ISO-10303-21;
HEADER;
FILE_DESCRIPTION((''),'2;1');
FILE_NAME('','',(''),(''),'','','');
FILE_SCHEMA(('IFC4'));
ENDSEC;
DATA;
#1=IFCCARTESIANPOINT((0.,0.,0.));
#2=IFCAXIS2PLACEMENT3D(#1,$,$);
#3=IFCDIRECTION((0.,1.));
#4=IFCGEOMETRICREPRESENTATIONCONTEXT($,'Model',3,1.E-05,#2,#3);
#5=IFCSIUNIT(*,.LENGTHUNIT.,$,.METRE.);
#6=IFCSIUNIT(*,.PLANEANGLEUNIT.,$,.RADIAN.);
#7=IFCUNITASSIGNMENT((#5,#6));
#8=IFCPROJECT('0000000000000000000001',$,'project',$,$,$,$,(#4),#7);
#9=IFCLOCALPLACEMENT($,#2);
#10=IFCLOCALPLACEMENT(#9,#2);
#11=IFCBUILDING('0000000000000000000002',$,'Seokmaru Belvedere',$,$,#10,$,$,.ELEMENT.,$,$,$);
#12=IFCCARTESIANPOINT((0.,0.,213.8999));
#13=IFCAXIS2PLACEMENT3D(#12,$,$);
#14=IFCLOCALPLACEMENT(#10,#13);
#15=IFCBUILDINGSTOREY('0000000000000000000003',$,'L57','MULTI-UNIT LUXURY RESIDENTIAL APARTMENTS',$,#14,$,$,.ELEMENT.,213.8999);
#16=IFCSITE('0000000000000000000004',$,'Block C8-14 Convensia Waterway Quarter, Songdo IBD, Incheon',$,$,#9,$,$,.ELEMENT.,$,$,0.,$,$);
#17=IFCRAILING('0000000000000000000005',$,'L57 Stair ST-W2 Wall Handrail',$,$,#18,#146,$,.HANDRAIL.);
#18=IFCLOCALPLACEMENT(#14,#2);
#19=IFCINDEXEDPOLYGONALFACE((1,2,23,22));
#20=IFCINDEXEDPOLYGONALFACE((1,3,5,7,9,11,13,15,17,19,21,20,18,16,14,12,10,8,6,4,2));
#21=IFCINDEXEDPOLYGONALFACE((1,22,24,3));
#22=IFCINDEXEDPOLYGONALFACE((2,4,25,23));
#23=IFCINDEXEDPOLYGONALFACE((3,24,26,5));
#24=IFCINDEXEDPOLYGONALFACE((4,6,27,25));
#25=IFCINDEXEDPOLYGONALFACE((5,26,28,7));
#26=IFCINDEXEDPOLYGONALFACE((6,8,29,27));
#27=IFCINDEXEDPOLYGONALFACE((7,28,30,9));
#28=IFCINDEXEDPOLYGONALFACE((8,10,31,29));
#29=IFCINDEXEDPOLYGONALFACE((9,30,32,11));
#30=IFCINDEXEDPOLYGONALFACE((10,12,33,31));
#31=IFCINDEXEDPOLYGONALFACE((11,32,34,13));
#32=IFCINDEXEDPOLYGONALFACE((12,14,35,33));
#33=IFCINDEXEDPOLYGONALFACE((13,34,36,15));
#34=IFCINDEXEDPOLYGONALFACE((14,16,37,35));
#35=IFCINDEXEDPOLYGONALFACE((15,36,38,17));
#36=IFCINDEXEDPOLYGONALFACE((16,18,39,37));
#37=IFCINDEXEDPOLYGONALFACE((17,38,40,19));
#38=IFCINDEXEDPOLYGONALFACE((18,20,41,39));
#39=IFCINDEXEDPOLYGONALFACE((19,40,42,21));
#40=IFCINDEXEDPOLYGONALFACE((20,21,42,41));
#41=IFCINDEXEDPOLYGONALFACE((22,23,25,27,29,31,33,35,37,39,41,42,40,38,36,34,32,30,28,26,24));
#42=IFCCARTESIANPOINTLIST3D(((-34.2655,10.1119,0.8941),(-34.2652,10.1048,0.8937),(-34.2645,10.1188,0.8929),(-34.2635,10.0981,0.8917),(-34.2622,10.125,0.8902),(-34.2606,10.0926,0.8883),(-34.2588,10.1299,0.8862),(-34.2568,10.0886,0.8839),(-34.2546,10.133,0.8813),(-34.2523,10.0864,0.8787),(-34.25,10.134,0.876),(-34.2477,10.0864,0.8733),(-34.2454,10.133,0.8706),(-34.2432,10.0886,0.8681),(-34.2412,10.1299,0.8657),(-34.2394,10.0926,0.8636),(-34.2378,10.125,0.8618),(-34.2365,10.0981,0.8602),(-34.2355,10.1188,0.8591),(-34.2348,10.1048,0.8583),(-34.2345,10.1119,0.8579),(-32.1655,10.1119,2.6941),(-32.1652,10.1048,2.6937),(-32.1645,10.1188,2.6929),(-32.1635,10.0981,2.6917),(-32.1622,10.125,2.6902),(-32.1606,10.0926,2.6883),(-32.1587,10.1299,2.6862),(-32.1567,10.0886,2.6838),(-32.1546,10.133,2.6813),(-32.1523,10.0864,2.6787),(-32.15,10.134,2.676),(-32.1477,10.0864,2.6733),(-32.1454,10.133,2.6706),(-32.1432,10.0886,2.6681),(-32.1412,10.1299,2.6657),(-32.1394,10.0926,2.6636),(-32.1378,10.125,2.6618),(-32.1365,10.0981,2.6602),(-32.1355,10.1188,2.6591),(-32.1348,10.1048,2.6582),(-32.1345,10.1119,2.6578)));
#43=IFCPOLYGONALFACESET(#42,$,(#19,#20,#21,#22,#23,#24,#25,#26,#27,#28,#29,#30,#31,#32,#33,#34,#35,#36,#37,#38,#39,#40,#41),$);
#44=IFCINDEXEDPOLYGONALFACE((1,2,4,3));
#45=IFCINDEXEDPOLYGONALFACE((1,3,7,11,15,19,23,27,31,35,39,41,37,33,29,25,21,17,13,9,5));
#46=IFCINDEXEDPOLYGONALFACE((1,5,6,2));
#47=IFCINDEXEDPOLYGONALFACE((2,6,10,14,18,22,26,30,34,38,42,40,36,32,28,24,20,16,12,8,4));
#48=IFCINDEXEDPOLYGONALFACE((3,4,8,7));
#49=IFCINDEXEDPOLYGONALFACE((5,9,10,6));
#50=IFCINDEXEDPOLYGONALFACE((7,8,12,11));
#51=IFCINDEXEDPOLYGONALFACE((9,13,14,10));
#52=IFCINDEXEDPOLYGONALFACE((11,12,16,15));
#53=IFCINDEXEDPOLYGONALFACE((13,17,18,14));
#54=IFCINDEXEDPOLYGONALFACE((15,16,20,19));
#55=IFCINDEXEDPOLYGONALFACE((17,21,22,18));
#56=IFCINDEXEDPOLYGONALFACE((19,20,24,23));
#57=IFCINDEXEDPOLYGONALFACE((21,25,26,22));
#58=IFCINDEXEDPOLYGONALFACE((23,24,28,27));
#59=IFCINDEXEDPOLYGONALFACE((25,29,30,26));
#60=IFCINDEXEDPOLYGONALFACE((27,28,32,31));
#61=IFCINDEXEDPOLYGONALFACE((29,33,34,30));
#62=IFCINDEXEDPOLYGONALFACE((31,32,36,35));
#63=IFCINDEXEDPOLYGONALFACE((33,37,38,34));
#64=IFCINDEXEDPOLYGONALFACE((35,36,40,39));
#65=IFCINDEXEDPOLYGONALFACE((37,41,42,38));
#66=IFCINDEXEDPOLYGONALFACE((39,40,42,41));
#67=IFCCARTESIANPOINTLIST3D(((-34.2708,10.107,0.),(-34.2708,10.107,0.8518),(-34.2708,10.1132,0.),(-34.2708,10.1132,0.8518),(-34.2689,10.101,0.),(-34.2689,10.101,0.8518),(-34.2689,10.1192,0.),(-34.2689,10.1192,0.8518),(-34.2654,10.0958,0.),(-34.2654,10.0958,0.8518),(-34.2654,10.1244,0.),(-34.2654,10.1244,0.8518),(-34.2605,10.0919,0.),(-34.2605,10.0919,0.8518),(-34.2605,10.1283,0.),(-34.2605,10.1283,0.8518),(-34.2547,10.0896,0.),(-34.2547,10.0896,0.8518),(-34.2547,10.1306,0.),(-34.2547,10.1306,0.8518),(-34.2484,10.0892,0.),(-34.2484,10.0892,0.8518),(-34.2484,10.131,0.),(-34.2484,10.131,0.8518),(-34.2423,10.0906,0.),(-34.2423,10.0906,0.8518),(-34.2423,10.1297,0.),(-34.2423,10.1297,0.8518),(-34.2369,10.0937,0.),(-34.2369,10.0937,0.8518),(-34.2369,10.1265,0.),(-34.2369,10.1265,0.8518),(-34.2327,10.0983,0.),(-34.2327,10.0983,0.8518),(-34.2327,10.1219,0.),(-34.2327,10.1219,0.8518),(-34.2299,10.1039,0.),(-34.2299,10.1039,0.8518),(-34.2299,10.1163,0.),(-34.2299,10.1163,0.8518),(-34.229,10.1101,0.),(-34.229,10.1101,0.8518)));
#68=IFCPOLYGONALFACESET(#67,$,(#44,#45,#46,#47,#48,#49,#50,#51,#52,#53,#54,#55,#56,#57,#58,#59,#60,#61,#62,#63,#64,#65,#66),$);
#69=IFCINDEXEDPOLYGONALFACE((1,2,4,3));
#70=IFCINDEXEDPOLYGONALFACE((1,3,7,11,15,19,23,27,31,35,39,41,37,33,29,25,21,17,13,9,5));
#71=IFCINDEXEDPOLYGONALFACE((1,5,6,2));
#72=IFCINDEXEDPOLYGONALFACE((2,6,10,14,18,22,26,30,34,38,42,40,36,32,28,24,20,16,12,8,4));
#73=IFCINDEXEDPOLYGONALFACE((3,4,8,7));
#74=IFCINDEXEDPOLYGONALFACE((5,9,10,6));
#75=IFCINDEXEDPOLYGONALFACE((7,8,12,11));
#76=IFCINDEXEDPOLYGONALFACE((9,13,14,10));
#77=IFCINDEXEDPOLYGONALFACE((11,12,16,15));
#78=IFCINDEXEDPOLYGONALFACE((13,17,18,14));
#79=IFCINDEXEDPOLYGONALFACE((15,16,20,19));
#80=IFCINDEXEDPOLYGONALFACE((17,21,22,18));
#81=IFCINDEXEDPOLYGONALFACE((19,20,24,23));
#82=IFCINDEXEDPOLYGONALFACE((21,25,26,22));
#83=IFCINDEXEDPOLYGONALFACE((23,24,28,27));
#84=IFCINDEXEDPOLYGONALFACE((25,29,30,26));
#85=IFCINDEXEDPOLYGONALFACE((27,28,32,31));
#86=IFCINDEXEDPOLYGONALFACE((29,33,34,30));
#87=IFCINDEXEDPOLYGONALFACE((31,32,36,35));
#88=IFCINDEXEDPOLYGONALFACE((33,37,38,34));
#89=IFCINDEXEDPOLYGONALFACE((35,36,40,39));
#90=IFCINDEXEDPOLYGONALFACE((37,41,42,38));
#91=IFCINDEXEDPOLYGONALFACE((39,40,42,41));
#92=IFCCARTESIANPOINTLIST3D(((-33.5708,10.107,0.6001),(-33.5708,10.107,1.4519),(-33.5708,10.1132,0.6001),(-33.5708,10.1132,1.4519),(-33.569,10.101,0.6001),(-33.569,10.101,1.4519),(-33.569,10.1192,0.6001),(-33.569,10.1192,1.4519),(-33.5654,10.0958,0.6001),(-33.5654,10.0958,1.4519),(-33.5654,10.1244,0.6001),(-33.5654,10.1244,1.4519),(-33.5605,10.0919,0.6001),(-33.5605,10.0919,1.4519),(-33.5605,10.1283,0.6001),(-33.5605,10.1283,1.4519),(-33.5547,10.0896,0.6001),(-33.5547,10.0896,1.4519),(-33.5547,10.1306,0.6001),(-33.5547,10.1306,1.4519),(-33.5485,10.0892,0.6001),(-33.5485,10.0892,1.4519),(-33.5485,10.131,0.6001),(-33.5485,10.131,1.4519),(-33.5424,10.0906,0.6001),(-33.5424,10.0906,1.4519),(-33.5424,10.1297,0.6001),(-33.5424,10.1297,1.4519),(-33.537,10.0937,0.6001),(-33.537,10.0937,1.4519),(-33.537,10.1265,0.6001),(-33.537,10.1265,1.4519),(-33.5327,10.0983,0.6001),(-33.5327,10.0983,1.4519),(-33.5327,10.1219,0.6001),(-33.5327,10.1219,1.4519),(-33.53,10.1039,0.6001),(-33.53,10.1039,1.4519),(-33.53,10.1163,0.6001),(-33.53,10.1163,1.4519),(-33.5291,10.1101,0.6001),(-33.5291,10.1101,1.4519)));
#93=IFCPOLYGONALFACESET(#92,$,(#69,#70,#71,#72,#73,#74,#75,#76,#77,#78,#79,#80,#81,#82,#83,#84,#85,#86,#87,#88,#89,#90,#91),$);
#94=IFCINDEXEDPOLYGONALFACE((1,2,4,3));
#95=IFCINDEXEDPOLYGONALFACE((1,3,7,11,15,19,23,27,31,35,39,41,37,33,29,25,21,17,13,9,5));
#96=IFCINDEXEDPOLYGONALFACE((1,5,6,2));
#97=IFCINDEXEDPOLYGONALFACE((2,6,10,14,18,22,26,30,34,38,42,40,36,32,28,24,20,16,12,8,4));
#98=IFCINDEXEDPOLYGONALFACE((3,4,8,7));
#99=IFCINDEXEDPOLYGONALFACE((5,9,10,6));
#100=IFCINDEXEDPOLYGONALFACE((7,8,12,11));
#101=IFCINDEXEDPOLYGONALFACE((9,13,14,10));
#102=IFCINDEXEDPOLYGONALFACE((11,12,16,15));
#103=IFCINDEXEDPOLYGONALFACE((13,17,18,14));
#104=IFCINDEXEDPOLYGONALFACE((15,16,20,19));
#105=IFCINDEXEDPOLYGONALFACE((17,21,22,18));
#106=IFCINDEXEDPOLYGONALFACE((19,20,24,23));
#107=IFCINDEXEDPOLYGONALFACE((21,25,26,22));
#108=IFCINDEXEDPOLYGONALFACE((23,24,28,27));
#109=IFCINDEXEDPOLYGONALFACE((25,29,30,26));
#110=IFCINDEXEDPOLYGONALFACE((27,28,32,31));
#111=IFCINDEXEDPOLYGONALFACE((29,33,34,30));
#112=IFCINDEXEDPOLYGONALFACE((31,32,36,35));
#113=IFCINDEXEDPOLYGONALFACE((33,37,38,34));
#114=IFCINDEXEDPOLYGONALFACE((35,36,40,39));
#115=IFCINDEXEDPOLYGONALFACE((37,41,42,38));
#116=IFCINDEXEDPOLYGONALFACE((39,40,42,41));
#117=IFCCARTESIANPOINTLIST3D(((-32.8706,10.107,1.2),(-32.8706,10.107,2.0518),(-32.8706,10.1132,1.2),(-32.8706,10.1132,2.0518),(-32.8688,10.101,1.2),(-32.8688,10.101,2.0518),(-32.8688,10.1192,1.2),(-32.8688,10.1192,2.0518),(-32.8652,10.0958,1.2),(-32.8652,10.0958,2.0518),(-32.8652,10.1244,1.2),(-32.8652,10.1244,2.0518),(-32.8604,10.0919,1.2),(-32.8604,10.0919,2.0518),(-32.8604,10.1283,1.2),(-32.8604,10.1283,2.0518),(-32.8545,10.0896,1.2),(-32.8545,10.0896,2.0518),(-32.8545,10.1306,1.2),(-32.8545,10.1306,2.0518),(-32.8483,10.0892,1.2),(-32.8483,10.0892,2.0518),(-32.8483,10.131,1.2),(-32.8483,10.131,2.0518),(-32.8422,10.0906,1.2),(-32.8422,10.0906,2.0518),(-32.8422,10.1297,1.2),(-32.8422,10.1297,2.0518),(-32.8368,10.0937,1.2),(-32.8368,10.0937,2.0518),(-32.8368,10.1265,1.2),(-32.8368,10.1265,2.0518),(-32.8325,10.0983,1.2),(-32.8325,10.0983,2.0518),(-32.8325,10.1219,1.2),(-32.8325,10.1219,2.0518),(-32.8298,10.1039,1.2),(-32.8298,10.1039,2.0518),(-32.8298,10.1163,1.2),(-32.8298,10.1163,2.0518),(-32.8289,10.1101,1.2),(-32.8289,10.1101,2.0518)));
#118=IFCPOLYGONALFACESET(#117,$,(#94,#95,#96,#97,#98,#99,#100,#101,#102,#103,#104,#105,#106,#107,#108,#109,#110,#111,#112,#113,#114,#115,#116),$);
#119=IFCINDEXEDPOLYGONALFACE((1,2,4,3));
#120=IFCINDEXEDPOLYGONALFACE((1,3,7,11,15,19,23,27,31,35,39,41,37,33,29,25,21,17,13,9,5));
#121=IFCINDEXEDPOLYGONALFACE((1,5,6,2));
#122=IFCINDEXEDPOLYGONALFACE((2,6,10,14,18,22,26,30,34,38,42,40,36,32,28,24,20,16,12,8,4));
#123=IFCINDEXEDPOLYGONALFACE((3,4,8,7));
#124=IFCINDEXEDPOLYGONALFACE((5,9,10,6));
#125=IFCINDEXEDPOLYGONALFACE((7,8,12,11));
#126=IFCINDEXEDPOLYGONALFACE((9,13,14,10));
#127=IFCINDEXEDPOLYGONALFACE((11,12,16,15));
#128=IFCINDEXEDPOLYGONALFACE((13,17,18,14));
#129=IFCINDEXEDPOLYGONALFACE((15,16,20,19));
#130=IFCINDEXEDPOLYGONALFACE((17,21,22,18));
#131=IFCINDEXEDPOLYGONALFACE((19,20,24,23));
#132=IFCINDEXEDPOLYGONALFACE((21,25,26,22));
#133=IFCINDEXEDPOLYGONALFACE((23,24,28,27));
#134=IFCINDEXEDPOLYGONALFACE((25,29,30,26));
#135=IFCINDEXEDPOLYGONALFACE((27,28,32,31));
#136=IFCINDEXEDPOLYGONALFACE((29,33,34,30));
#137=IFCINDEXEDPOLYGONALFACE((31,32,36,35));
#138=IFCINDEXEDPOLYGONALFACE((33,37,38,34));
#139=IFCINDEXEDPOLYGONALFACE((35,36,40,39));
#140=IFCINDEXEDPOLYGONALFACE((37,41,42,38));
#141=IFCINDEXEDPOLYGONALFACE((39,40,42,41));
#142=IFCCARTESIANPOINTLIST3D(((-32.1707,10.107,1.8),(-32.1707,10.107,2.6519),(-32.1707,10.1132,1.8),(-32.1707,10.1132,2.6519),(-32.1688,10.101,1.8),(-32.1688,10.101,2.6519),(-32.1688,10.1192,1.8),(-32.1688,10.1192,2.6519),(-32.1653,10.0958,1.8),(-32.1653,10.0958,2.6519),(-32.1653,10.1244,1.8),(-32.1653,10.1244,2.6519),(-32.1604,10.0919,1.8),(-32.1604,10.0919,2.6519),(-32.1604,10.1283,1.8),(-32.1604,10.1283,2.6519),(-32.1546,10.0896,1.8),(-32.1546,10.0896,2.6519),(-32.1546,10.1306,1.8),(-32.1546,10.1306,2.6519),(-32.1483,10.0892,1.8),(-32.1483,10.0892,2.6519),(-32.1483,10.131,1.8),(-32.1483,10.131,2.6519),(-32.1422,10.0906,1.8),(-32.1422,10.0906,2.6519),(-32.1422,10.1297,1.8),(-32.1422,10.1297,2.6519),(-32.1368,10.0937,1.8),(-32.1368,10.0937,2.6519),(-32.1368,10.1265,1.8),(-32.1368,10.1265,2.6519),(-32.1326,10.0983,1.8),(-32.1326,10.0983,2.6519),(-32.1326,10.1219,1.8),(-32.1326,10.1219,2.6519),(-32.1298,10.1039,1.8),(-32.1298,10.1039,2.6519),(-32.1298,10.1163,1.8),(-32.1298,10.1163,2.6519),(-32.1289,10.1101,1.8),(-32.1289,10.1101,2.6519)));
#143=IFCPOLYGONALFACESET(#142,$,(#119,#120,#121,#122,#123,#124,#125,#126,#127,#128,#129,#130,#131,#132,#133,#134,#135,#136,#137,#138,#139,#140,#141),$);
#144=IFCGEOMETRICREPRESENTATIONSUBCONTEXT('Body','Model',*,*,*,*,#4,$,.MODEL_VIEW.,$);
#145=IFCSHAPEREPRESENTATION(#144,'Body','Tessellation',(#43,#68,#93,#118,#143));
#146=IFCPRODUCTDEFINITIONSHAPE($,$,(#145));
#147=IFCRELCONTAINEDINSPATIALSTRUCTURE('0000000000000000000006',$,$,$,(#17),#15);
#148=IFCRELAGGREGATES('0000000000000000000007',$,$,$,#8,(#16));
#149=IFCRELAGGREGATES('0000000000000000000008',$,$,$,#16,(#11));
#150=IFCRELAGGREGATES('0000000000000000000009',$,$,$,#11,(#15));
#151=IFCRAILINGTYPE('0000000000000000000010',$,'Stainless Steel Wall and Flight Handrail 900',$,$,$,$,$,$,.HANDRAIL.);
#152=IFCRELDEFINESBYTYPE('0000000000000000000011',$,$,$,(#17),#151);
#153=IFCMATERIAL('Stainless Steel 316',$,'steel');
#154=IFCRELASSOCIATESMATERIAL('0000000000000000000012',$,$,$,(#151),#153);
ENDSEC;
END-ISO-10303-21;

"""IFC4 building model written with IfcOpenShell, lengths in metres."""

from ifc_helpers import new_model, si_unit, direction, frame, origin, origin_2d, place, context, subcontext, project, spatial, circle, extrude, material, type_object, element, save


model = new_model("IFC4")

# Units and contexts
model_context = context("Model", 3, precision=1e-05, world=origin(), true_north=direction((0.0, 1.0)))
body_context = subcontext(model_context, "Body", "Model", "MODEL_VIEW")
ifc_project = project(units=[si_unit("LENGTHUNIT", "METRE"), si_unit("PLANEANGLEUNIT", "RADIAN")], contexts=[model_context])

# Site, building, storey
site_placement = place(None, origin())
site = spatial("IfcSite", under=ifc_project, at=site_placement, Name="Block C8-14 Convensia Waterway Quarter, Songdo IBD, Incheon", CompositionType="ELEMENT", RefElevation=0.0)
building_placement = place(site_placement, origin())
building = spatial("IfcBuilding", under=site, at=building_placement, Name="Seokmaru Belvedere", CompositionType="ELEMENT")
storey_placement = place(building_placement, frame((0.0, 0.0, 213.8999)))
storey = spatial("IfcBuildingStorey", under=building, at=storey_placement, Name="L57", Description="MULTI-UNIT LUXURY RESIDENTIAL APARTMENTS", CompositionType="ELEMENT", Elevation=213.8999)

# Shared definitions
ifc_material_1 = material(Name="Stainless Steel 316", Category="steel")

# Railing
railing_type_1 = type_object("IfcRailingType", Name="Stainless Steel Wall and Flight Handrail 900", PredefinedType="HANDRAIL", material=ifc_material_1)
railing_1_placement = place(storey_placement, frame((-34.25, 10.1101, 0.0)))
element("IfcRailing", 1, at=railing_1_placement, inside=storey, type_object=railing_type_1, Name="L57 Stair ST-W2 Wall Handrail", PredefinedType="HANDRAIL", context=body_context, shape_type="SweptSolid", body=[
    extrude(circle(Radius=0.0239, at=origin_2d()), frame((0.0, 0.0, 0.876), z_axis=(0.759263, 0.0, 0.650784), x_axis=(0.0, 1.0, 0.0)), (0.0, 0.0, 1.0), 2.7659),
    extrude(circle(Radius=0.021, at=origin_2d()), origin(), (0.0, 0.0, 1.0), 0.8518),
    extrude(circle(Radius=0.021, at=origin_2d()), frame((0.7, 0.0, 0.6001)), (0.0, 0.0, 1.0), 0.8518),
    extrude(circle(Radius=0.021, at=origin_2d()), frame((1.4001, 0.0, 1.2)), (0.0, 0.0, 1.0), 0.8518),
    extrude(circle(Radius=0.021, at=origin_2d()), frame((2.1001, 0.0, 1.8)), (0.0, 0.0, 1.0), 0.8518),
])

save(model, "model.ifc")
